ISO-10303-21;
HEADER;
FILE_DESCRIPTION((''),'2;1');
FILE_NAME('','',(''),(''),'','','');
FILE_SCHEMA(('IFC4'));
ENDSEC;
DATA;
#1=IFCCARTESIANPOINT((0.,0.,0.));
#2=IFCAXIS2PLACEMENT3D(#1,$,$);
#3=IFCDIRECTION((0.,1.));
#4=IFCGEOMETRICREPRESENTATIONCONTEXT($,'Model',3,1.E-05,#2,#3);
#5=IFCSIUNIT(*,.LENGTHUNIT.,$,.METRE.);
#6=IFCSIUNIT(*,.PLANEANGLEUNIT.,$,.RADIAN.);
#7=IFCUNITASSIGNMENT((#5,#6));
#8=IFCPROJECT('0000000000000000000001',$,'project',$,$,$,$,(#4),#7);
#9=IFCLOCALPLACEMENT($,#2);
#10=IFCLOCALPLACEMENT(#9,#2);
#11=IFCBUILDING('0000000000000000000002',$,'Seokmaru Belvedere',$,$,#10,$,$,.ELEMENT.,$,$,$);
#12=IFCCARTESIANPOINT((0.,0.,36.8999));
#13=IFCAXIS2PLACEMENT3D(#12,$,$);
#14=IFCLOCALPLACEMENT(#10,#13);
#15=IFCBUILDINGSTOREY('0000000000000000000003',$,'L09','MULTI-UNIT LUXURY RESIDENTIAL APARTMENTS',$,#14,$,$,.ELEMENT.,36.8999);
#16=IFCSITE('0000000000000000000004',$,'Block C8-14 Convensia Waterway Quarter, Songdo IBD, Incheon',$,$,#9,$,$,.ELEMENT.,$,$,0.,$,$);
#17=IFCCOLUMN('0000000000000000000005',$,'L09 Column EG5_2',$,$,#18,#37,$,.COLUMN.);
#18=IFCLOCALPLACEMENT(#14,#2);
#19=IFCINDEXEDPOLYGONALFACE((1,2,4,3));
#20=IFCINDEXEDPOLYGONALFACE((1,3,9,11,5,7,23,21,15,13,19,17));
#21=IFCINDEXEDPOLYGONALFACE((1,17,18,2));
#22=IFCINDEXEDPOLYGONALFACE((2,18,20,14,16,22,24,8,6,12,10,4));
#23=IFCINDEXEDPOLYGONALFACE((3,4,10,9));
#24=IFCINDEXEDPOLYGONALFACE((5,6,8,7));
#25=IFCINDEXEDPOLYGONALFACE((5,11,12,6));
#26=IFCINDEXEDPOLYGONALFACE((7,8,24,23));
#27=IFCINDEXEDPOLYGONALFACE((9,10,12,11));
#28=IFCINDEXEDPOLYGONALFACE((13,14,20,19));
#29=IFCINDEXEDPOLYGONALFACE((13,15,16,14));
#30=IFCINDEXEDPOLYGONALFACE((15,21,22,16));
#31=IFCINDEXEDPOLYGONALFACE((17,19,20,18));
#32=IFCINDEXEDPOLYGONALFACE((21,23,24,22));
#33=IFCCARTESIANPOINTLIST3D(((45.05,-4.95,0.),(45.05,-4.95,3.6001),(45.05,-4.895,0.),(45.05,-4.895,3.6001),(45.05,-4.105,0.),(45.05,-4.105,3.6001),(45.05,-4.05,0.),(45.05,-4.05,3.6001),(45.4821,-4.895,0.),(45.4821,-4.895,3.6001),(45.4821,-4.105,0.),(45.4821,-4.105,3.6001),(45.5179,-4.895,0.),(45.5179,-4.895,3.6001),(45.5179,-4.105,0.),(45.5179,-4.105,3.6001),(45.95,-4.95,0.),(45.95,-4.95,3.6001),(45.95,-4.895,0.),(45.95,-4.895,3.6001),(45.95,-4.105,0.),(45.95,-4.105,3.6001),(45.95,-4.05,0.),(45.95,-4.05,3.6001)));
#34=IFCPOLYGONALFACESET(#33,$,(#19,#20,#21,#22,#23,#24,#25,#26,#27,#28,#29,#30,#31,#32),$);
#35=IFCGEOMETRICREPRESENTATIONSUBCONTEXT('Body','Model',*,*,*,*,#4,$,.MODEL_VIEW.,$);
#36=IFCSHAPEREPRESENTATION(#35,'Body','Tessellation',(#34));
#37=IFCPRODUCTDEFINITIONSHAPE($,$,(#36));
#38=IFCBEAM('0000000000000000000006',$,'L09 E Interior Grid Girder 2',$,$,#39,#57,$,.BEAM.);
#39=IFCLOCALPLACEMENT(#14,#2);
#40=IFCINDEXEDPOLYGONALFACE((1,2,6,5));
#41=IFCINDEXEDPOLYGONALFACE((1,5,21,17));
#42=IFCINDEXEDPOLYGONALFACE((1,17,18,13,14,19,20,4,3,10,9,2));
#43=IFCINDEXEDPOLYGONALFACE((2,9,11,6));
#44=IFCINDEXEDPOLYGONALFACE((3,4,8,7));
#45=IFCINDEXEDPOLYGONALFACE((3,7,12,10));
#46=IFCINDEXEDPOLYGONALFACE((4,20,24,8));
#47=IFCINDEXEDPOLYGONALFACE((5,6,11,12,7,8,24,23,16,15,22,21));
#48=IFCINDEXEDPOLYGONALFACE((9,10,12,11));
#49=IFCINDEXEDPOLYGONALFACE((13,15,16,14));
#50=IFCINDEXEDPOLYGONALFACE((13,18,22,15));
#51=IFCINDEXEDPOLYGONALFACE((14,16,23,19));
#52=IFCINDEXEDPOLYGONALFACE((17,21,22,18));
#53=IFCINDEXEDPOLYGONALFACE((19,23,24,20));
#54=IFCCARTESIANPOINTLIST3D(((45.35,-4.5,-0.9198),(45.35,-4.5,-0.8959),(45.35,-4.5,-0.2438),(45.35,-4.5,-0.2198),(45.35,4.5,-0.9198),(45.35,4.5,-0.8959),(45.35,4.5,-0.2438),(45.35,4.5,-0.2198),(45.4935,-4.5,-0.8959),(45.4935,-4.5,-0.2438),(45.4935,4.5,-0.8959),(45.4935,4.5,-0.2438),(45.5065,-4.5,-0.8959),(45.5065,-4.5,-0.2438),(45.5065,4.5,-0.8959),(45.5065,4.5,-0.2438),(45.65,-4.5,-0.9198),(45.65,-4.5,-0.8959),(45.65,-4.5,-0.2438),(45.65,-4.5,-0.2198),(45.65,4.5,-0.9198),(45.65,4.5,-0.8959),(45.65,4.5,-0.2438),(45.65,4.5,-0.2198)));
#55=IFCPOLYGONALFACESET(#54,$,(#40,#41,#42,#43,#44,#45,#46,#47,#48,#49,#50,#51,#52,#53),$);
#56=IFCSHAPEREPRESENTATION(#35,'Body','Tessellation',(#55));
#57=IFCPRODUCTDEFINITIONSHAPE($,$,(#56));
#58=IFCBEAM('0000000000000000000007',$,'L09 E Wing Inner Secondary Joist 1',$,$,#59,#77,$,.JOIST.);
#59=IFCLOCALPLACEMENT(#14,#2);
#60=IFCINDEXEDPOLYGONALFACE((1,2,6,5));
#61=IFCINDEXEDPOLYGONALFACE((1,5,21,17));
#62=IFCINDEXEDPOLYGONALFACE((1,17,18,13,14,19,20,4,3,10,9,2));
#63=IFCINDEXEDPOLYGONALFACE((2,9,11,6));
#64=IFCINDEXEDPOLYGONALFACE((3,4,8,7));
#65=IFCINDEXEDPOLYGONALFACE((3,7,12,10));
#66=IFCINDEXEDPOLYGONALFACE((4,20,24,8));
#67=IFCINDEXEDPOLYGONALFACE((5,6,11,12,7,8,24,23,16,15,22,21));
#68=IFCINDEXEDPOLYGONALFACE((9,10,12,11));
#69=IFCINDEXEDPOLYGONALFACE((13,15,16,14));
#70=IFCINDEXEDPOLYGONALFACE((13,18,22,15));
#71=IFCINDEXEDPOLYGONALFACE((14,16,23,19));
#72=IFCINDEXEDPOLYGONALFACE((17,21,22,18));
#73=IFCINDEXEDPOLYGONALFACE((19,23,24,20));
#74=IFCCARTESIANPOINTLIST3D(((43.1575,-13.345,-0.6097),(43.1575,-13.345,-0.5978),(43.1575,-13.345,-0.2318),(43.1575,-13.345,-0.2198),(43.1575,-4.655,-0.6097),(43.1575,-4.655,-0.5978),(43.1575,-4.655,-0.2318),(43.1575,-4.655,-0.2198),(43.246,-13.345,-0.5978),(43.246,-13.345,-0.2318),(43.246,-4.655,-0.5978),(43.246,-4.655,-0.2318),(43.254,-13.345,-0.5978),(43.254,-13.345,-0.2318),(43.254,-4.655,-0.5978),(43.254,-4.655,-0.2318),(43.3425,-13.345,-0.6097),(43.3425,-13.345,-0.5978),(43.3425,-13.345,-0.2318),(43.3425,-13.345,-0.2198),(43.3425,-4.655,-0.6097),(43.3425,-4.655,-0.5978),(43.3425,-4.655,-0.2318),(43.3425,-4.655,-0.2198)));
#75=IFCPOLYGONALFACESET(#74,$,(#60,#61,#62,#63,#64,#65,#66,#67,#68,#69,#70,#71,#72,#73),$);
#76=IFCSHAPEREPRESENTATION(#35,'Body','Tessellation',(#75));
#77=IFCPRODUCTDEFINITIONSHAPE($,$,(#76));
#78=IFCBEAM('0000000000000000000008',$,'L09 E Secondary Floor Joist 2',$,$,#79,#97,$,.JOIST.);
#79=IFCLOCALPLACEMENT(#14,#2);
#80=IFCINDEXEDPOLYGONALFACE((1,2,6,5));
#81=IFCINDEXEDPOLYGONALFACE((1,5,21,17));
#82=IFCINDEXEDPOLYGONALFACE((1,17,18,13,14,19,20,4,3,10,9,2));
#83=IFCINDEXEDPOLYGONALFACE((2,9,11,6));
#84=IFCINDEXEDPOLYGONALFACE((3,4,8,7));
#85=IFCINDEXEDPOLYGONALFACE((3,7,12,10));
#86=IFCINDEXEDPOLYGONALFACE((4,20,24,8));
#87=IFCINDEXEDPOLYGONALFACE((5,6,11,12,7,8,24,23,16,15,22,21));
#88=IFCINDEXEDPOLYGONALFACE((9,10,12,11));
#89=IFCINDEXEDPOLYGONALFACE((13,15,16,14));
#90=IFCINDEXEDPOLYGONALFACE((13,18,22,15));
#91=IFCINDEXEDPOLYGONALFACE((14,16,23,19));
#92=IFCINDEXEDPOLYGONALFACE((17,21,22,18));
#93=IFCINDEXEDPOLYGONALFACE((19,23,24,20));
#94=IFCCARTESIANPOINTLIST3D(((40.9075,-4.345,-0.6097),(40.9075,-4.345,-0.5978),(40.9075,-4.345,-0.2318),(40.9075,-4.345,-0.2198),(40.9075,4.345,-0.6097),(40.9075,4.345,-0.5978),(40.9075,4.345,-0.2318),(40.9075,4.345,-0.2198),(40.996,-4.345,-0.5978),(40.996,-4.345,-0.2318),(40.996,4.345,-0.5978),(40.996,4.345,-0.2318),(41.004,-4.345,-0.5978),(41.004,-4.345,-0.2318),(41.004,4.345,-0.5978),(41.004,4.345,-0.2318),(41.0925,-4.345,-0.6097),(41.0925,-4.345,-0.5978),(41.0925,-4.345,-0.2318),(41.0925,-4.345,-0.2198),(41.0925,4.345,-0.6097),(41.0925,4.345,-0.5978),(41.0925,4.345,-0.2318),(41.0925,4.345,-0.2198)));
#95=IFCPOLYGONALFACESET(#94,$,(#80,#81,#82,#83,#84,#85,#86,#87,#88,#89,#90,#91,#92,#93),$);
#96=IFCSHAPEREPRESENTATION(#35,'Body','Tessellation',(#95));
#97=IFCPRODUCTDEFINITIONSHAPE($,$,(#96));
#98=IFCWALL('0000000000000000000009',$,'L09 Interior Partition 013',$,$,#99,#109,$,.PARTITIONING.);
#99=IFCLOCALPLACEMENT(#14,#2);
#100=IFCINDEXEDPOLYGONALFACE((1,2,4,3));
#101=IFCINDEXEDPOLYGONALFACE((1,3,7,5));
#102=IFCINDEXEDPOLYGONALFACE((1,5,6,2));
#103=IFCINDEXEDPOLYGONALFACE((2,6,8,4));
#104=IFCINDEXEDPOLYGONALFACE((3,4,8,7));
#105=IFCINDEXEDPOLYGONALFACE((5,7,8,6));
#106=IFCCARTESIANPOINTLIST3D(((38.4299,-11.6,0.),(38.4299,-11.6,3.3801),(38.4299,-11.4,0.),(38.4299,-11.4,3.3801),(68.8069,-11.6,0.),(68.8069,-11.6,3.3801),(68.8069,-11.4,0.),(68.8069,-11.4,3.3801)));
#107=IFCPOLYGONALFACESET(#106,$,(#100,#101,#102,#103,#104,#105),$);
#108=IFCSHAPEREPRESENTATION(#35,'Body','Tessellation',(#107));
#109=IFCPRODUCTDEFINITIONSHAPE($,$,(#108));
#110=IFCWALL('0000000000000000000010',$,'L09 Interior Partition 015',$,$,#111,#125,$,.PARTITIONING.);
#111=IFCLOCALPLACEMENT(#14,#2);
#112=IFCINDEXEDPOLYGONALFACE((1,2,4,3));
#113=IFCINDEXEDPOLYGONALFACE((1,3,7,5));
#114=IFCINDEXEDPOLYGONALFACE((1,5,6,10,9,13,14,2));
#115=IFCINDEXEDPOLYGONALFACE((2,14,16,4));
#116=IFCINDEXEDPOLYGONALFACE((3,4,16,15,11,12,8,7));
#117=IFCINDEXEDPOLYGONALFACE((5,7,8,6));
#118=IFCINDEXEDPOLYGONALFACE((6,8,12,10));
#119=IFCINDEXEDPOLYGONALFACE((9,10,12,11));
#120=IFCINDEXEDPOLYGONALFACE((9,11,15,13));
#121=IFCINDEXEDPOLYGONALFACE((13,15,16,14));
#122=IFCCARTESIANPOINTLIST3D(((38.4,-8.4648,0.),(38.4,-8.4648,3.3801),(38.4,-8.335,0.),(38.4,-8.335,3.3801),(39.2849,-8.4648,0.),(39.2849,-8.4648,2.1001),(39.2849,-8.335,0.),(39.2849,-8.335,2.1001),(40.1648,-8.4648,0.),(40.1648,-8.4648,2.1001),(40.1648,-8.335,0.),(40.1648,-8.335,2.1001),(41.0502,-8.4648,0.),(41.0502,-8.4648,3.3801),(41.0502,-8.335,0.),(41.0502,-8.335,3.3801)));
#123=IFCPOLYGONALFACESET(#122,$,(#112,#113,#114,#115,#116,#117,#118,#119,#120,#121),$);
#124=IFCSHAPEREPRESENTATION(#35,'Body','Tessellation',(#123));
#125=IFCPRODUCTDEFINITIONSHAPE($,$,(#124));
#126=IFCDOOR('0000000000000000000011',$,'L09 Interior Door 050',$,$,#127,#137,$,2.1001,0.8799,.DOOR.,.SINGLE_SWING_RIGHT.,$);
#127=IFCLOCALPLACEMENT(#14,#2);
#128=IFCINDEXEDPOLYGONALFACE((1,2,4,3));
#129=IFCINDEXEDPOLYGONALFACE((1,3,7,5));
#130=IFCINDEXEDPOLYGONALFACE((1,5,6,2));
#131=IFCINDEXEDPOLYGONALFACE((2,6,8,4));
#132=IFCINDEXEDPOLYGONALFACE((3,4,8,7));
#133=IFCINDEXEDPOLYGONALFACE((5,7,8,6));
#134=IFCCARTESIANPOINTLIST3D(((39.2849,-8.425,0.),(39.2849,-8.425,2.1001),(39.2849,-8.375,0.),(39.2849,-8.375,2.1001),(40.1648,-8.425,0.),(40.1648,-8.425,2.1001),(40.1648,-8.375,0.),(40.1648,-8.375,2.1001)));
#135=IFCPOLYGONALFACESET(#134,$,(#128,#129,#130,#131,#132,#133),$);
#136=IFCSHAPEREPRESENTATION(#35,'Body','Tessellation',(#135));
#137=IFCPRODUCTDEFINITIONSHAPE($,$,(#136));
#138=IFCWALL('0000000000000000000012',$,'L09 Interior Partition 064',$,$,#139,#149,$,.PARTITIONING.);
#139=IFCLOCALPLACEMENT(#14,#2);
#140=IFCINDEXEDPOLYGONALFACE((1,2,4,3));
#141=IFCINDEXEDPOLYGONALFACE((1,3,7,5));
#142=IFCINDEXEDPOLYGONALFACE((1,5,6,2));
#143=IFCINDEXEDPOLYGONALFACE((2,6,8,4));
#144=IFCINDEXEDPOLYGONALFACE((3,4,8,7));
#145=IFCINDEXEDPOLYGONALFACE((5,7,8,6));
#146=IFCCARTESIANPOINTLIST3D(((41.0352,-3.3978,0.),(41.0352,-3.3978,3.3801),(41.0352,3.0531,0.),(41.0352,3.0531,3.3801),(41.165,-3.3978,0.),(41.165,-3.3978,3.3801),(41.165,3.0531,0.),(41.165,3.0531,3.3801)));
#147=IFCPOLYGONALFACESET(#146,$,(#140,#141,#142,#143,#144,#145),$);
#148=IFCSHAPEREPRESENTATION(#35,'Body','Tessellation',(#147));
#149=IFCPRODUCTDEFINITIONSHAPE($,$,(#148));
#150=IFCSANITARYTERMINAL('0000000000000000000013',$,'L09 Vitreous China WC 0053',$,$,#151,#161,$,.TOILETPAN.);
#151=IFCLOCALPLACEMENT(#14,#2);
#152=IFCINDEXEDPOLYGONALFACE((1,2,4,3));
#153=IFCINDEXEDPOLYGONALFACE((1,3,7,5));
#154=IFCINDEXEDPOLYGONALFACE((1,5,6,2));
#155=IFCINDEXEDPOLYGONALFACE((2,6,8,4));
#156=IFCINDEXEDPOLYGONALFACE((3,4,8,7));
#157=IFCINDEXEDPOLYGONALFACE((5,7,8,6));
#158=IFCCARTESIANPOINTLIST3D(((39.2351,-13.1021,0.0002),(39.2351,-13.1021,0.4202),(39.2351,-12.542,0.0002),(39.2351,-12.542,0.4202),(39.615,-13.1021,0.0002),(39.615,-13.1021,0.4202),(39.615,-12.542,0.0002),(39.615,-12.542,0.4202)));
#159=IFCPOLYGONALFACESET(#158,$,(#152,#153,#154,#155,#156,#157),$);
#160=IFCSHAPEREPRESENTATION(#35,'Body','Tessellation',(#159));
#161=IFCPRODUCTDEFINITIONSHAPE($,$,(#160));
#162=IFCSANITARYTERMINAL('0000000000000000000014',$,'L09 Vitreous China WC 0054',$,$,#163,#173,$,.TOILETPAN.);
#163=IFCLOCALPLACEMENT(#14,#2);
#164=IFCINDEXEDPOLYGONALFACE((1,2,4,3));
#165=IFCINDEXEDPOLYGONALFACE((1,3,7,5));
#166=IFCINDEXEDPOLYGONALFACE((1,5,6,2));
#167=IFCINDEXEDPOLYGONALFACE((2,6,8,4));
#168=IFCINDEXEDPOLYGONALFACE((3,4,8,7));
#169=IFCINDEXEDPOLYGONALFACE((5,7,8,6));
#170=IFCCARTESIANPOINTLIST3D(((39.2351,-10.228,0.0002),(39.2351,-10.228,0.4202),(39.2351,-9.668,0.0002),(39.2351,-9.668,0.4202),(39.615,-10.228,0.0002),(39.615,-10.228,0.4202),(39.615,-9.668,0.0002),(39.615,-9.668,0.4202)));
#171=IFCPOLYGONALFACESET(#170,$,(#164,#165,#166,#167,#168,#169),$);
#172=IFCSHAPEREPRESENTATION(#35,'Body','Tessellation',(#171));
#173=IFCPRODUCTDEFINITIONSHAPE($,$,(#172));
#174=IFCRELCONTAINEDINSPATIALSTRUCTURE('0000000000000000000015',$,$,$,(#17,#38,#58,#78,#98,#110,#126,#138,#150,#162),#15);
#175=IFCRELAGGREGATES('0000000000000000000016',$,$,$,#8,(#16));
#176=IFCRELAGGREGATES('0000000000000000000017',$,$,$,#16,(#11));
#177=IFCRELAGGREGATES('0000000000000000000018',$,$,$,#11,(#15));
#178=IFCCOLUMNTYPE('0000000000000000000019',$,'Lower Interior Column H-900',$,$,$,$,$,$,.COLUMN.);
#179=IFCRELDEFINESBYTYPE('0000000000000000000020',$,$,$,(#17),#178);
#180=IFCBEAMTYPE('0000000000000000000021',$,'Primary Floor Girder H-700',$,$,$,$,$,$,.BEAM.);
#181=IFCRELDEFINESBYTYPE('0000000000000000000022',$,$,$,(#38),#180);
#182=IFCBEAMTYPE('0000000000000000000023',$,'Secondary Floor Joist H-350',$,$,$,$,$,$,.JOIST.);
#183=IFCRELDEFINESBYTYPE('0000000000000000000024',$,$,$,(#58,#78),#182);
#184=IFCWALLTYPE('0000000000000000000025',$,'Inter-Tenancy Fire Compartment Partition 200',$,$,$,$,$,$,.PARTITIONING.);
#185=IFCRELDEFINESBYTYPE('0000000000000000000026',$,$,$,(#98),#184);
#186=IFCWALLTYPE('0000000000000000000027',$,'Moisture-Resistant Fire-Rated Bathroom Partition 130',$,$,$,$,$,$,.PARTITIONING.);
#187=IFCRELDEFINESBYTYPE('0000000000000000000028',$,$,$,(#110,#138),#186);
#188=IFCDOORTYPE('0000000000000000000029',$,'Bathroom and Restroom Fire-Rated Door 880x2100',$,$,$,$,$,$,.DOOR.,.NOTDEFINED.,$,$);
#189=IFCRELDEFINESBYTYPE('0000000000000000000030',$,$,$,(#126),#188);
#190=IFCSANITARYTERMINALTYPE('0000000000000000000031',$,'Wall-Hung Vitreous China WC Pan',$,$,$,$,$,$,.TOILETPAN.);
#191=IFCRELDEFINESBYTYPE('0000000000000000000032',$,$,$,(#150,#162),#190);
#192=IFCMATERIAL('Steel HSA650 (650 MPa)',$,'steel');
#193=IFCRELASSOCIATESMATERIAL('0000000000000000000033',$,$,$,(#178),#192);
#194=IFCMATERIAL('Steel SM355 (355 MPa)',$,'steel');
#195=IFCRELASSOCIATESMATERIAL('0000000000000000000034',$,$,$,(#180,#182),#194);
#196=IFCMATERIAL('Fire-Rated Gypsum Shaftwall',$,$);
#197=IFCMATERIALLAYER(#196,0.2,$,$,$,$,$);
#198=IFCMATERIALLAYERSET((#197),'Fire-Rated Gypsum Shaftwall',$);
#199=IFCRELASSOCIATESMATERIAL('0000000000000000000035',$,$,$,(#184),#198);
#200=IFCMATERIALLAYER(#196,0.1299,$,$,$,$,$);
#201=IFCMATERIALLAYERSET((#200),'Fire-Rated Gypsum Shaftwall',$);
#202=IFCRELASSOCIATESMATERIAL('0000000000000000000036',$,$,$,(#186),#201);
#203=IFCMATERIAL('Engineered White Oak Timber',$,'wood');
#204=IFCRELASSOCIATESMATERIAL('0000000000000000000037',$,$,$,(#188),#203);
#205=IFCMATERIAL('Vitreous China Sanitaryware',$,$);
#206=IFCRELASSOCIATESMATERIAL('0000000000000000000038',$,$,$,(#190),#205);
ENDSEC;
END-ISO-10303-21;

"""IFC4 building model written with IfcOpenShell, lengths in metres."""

from ifc_helpers import new_model, si_unit, direction, frame, frame_2d, origin, origin_2d, place, context, subcontext, project, spatial, rectangle, i_section, extrude, source, transform, mapped, material, layer, layer_set, material_profile, profile_set, type_object, type_shapes, element, fill, save


model = new_model("IFC4")

# Units and contexts
model_context = context("Model", 3, precision=1e-05, world=origin(), true_north=direction((0.0, 1.0)))
body_context = subcontext(model_context, "Body", "Model", "MODEL_VIEW")
ifc_project = project(units=[si_unit("LENGTHUNIT", "METRE"), si_unit("PLANEANGLEUNIT", "RADIAN")], contexts=[model_context])

# Site, building, storey
site_placement = place(None, origin())
site = spatial("IfcSite", under=ifc_project, at=site_placement, Name="Block C8-14 Convensia Waterway Quarter, Songdo IBD, Incheon", CompositionType="ELEMENT", RefElevation=0.0)
building_placement = place(site_placement, origin())
building = spatial("IfcBuilding", under=site, at=building_placement, Name="Seokmaru Belvedere", CompositionType="ELEMENT")
storey_placement = place(building_placement, frame((0.0, 0.0, 36.8999)))
storey = spatial("IfcBuildingStorey", under=building, at=storey_placement, Name="L09", Description="MULTI-UNIT LUXURY RESIDENTIAL APARTMENTS", CompositionType="ELEMENT", Elevation=36.8999)

# Column
ifc_material_1 = material(Name="Steel HSA650 (650 MPa)", Category="steel")
ifc_material_profile_1 = material_profile(ifc_material_1, i_section(OverallWidth=0.8999, OverallDepth=0.8999, WebThickness=0.0359, FlangeThickness=0.0549, at=origin_2d()), Name="H-900x900x36x55")
ifc_profile_set_1 = profile_set([ifc_material_profile_1], Name="Steel HSA650 (650 MPa)")
column_type = type_object("IfcColumnType", Name="Lower Interior Column H-900", PredefinedType="COLUMN", material=ifc_profile_set_1)
shared_shape_1 = source(origin(), body_context, "Body", "SweptSolid", [
    extrude(i_section(OverallWidth=0.8999, OverallDepth=0.8999, WebThickness=0.0359, FlangeThickness=0.0549, at=origin_2d()), origin(), (0.0, 0.0, 1.0), 3.6001),
])
type_shapes(column_type, [shared_shape_1])
column_placement = place(storey_placement, frame((45.5, -4.5, 0.0), z_axis=(0.0, 0.0, 1.0), x_axis=(1.0, 0.0, 0.0)))
element("IfcColumn", 1, at=column_placement, inside=storey, type_object=column_type, Name="L09 Column EG5_2", PredefinedType="COLUMN", context=body_context, shape_type="MappedRepresentation", body=[
    mapped(shared_shape_1, transform((0.0, 0.0, 0.0), scale=1.0)),
])

# Beams
ifc_material_2 = material(Name="Steel SM355 (355 MPa)", Category="steel")
ifc_material_profile_2 = material_profile(ifc_material_2, i_section(OverallWidth=0.3, OverallDepth=0.7, WebThickness=0.0129, FlangeThickness=0.0239, at=origin_2d()), Name="H-700x300x13x24")
ifc_profile_set_2 = profile_set([ifc_material_profile_2], Name="Steel SM355 (355 MPa)")
beam_type_1 = type_object("IfcBeamType", Name="Primary Floor Girder H-700", PredefinedType="BEAM", material=ifc_profile_set_2)
shared_shape_2 = source(origin(), body_context, "Body", "SweptSolid", [
    extrude(i_section(OverallWidth=0.3, OverallDepth=0.7, WebThickness=0.0129, FlangeThickness=0.0239, at=origin_2d()), origin(), (0.0, 0.0, 1.0), 9.0),
])
type_shapes(beam_type_1, [shared_shape_2])
beam_placement = place(storey_placement, frame((45.5, -4.5, -0.5698), z_axis=(0.0, 1.0, 0.0), x_axis=(-1.0, 0.0, 0.0)))
element("IfcBeam", 2, at=beam_placement, inside=storey, type_object=beam_type_1, Name="L09 E Interior Grid Girder 2", PredefinedType="BEAM", context=body_context, shape_type="MappedRepresentation", body=[
    mapped(shared_shape_2, transform((0.0, 0.0, 0.0), scale=1.0)),
])
ifc_material_profile_3 = material_profile(ifc_material_2, i_section(OverallWidth=0.1851, OverallDepth=0.3899, WebThickness=0.0081, FlangeThickness=0.012, at=origin_2d()), Name="H-390x185x8x12")
ifc_profile_set_3 = profile_set([ifc_material_profile_3], Name="Steel SM355 (355 MPa)")
beam_type_2 = type_object("IfcBeamType", Name="Secondary Floor Joist H-350", PredefinedType="JOIST", material=ifc_profile_set_3)
shared_shape_3 = source(origin(), body_context, "Body", "SweptSolid", [
    extrude(i_section(OverallWidth=0.1851, OverallDepth=0.3899, WebThickness=0.0081, FlangeThickness=0.012, at=origin_2d()), origin(), (0.0, 0.0, 1.0), 8.6899),
])
type_shapes(beam_type_2, [shared_shape_3])
for number, where, z_axis, x_axis, name in (
    (3, (43.25, -13.345, -0.4148), (0.0, 1.0, 0.0), (-1.0, 0.0, 0.0), "L09 E Wing Inner Secondary Joist 1"),
    (4, (41.0, -4.345, -0.4148), (0.0, 1.0, 0.0), (-1.0, 0.0, 0.0), "L09 E Secondary Floor Joist 2"),
):
    element("IfcBeam", number, at=place(storey_placement, frame(where, z_axis=z_axis, x_axis=x_axis)), inside=storey, type_object=beam_type_2, Name=name, PredefinedType="JOIST", context=body_context, shape_type="MappedRepresentation", body=[
        mapped(shared_shape_3, transform((0.0, 0.0, 0.0), scale=1.0)),
    ])

# Shared definitions
ifc_material_3 = material(Name="Fire-Rated Gypsum Shaftwall")

# Wall
ifc_layer_1 = layer(ifc_material_3, 0.2)
ifc_layer_set_1 = layer_set([ifc_layer_1], Name="Fire-Rated Gypsum Shaftwall")
wall_type_1 = type_object("IfcWallType", Name="Inter-Tenancy Fire Compartment Partition 200", PredefinedType="PARTITIONING", material=ifc_layer_set_1)
wall_1_placement = place(storey_placement, frame((38.4299, -11.5, 0.0), z_axis=(0.0, 0.0, 1.0), x_axis=(1.0, 0.0, 0.0)))
element("IfcWall", 5, at=wall_1_placement, inside=storey, type_object=wall_type_1, Name="L09 Interior Partition 013", PredefinedType="PARTITIONING", context=body_context, shape_type="SweptSolid", body=[
    extrude(rectangle(XDim=30.377, YDim=0.2, at=frame_2d((15.1885, 0.0))), origin(), (0.0, 0.0, 1.0), 3.3801),
])

# Wall, opening, door
ifc_layer_2 = layer(ifc_material_3, 0.1299)
ifc_layer_set_2 = layer_set([ifc_layer_2], Name="Fire-Rated Gypsum Shaftwall")
wall_type_2 = type_object("IfcWallType", Name="Moisture-Resistant Fire-Rated Bathroom Partition 130", PredefinedType="PARTITIONING", material=ifc_layer_set_2)
wall_2_placement = place(storey_placement, frame((38.3999, -8.3999, 0.0), z_axis=(0.0, 0.0, 1.0), x_axis=(1.0, 0.0, 0.0)))
wall_2 = element("IfcWall", 6, at=wall_2_placement, inside=storey, type_object=wall_type_2, Name="L09 Interior Partition 015", PredefinedType="PARTITIONING", context=body_context, shape_type="SweptSolid", body=[
    extrude(rectangle(XDim=2.6501, YDim=0.1299, at=frame_2d((1.3252, 0.0))), origin(), (0.0, 0.0, 1.0), 3.3801),
])
opening_1_placement = place(wall_2_placement, frame((0.885, 0.0, 0.0)))
opening_1 = element("IfcOpeningElement", 7, at=opening_1_placement, cuts=wall_2, PredefinedType="OPENING", context=body_context, shape_type="SweptSolid", body=[
    extrude(rectangle(XDim=0.8799, YDim=2.1001, at=frame_2d((0.4399, 1.05))), frame((0.0, 0.075, 0.0), z_axis=(0.0, -1.0, 0.0), x_axis=(1.0, 0.0, 0.0)), (0.0, 0.0, 1.0), 0.1499),
])
ifc_material_4 = material(Name="Engineered White Oak Timber", Category="wood")
door_type = type_object("IfcDoorType", Name="Bathroom and Restroom Fire-Rated Door 880x2100", OperationType="NOTDEFINED", PredefinedType="DOOR", material=ifc_material_4)
shared_shape_4 = source(origin(), body_context, "Body", "SweptSolid", [
    extrude(rectangle(XDim=0.8799, YDim=2.1001, at=frame_2d((0.4399, 1.05))), frame((0.0, 0.0249, 0.0), z_axis=(0.0, -1.0, 0.0), x_axis=(1.0, 0.0, 0.0)), (0.0, 0.0, 1.0), 0.05),
])
type_shapes(door_type, [shared_shape_4])
door_placement = place(opening_1_placement, origin())
door = element("IfcDoor", 8, at=door_placement, inside=storey, type_object=door_type, Name="L09 Interior Door 050", OperationType="SINGLE_SWING_RIGHT", OverallHeight=2.1001, OverallWidth=0.8799, PredefinedType="DOOR", context=body_context, shape_type="MappedRepresentation", body=[
    mapped(shared_shape_4, transform((0.0, 0.0, 0.0), scale=1.0)),
])
fill(opening_1, door)

# Wall
wall_3_placement = place(storey_placement, frame((41.1001, -3.3979, 0.0), z_axis=(0.0, 0.0, 1.0), x_axis=(0.0, 1.0, 0.0)))
element("IfcWall", 9, at=wall_3_placement, inside=storey, type_object=wall_type_2, Name="L09 Interior Partition 064", PredefinedType="PARTITIONING", context=body_context, shape_type="SweptSolid", body=[
    extrude(rectangle(XDim=6.4509, YDim=0.1299, at=frame_2d((3.2256, 0.0))), origin(), (0.0, 0.0, 1.0), 3.3801),
])

# Sanitary terminals
ifc_material_5 = material(Name="Vitreous China Sanitaryware")
sanitary_terminal_type_1 = type_object("IfcSanitaryTerminalType", Name="Wall-Hung Vitreous China WC Pan", PredefinedType="TOILETPAN", material=ifc_material_5)
shared_shape_5 = source(origin(), body_context, "Body", "SweptSolid", [
    extrude(rectangle(XDim=0.3799, YDim=0.5601, at=origin_2d()), origin(), (0.0, 0.0, 1.0), 0.4199),
])
type_shapes(sanitary_terminal_type_1, [shared_shape_5])
for number, where, z_axis, x_axis, name in (
    (10, (39.425, -12.822, 0.0002), (0.0, 0.0, 1.0), (1.0, 0.0, 0.0), "L09 Vitreous China WC 0053"),
    (11, (39.425, -9.948, 0.0002), (0.0, 0.0, 1.0), (1.0, 0.0, 0.0), "L09 Vitreous China WC 0054"),
):
    element("IfcSanitaryTerminal", number, at=place(storey_placement, frame(where, z_axis=z_axis, x_axis=x_axis)), inside=storey, type_object=sanitary_terminal_type_1, Name=name, PredefinedType="TOILETPAN", context=body_context, shape_type="MappedRepresentation", body=[
        mapped(shared_shape_5, transform((0.0, 0.0, 0.0), scale=1.0)),
    ])

save(model, "model.ifc")
